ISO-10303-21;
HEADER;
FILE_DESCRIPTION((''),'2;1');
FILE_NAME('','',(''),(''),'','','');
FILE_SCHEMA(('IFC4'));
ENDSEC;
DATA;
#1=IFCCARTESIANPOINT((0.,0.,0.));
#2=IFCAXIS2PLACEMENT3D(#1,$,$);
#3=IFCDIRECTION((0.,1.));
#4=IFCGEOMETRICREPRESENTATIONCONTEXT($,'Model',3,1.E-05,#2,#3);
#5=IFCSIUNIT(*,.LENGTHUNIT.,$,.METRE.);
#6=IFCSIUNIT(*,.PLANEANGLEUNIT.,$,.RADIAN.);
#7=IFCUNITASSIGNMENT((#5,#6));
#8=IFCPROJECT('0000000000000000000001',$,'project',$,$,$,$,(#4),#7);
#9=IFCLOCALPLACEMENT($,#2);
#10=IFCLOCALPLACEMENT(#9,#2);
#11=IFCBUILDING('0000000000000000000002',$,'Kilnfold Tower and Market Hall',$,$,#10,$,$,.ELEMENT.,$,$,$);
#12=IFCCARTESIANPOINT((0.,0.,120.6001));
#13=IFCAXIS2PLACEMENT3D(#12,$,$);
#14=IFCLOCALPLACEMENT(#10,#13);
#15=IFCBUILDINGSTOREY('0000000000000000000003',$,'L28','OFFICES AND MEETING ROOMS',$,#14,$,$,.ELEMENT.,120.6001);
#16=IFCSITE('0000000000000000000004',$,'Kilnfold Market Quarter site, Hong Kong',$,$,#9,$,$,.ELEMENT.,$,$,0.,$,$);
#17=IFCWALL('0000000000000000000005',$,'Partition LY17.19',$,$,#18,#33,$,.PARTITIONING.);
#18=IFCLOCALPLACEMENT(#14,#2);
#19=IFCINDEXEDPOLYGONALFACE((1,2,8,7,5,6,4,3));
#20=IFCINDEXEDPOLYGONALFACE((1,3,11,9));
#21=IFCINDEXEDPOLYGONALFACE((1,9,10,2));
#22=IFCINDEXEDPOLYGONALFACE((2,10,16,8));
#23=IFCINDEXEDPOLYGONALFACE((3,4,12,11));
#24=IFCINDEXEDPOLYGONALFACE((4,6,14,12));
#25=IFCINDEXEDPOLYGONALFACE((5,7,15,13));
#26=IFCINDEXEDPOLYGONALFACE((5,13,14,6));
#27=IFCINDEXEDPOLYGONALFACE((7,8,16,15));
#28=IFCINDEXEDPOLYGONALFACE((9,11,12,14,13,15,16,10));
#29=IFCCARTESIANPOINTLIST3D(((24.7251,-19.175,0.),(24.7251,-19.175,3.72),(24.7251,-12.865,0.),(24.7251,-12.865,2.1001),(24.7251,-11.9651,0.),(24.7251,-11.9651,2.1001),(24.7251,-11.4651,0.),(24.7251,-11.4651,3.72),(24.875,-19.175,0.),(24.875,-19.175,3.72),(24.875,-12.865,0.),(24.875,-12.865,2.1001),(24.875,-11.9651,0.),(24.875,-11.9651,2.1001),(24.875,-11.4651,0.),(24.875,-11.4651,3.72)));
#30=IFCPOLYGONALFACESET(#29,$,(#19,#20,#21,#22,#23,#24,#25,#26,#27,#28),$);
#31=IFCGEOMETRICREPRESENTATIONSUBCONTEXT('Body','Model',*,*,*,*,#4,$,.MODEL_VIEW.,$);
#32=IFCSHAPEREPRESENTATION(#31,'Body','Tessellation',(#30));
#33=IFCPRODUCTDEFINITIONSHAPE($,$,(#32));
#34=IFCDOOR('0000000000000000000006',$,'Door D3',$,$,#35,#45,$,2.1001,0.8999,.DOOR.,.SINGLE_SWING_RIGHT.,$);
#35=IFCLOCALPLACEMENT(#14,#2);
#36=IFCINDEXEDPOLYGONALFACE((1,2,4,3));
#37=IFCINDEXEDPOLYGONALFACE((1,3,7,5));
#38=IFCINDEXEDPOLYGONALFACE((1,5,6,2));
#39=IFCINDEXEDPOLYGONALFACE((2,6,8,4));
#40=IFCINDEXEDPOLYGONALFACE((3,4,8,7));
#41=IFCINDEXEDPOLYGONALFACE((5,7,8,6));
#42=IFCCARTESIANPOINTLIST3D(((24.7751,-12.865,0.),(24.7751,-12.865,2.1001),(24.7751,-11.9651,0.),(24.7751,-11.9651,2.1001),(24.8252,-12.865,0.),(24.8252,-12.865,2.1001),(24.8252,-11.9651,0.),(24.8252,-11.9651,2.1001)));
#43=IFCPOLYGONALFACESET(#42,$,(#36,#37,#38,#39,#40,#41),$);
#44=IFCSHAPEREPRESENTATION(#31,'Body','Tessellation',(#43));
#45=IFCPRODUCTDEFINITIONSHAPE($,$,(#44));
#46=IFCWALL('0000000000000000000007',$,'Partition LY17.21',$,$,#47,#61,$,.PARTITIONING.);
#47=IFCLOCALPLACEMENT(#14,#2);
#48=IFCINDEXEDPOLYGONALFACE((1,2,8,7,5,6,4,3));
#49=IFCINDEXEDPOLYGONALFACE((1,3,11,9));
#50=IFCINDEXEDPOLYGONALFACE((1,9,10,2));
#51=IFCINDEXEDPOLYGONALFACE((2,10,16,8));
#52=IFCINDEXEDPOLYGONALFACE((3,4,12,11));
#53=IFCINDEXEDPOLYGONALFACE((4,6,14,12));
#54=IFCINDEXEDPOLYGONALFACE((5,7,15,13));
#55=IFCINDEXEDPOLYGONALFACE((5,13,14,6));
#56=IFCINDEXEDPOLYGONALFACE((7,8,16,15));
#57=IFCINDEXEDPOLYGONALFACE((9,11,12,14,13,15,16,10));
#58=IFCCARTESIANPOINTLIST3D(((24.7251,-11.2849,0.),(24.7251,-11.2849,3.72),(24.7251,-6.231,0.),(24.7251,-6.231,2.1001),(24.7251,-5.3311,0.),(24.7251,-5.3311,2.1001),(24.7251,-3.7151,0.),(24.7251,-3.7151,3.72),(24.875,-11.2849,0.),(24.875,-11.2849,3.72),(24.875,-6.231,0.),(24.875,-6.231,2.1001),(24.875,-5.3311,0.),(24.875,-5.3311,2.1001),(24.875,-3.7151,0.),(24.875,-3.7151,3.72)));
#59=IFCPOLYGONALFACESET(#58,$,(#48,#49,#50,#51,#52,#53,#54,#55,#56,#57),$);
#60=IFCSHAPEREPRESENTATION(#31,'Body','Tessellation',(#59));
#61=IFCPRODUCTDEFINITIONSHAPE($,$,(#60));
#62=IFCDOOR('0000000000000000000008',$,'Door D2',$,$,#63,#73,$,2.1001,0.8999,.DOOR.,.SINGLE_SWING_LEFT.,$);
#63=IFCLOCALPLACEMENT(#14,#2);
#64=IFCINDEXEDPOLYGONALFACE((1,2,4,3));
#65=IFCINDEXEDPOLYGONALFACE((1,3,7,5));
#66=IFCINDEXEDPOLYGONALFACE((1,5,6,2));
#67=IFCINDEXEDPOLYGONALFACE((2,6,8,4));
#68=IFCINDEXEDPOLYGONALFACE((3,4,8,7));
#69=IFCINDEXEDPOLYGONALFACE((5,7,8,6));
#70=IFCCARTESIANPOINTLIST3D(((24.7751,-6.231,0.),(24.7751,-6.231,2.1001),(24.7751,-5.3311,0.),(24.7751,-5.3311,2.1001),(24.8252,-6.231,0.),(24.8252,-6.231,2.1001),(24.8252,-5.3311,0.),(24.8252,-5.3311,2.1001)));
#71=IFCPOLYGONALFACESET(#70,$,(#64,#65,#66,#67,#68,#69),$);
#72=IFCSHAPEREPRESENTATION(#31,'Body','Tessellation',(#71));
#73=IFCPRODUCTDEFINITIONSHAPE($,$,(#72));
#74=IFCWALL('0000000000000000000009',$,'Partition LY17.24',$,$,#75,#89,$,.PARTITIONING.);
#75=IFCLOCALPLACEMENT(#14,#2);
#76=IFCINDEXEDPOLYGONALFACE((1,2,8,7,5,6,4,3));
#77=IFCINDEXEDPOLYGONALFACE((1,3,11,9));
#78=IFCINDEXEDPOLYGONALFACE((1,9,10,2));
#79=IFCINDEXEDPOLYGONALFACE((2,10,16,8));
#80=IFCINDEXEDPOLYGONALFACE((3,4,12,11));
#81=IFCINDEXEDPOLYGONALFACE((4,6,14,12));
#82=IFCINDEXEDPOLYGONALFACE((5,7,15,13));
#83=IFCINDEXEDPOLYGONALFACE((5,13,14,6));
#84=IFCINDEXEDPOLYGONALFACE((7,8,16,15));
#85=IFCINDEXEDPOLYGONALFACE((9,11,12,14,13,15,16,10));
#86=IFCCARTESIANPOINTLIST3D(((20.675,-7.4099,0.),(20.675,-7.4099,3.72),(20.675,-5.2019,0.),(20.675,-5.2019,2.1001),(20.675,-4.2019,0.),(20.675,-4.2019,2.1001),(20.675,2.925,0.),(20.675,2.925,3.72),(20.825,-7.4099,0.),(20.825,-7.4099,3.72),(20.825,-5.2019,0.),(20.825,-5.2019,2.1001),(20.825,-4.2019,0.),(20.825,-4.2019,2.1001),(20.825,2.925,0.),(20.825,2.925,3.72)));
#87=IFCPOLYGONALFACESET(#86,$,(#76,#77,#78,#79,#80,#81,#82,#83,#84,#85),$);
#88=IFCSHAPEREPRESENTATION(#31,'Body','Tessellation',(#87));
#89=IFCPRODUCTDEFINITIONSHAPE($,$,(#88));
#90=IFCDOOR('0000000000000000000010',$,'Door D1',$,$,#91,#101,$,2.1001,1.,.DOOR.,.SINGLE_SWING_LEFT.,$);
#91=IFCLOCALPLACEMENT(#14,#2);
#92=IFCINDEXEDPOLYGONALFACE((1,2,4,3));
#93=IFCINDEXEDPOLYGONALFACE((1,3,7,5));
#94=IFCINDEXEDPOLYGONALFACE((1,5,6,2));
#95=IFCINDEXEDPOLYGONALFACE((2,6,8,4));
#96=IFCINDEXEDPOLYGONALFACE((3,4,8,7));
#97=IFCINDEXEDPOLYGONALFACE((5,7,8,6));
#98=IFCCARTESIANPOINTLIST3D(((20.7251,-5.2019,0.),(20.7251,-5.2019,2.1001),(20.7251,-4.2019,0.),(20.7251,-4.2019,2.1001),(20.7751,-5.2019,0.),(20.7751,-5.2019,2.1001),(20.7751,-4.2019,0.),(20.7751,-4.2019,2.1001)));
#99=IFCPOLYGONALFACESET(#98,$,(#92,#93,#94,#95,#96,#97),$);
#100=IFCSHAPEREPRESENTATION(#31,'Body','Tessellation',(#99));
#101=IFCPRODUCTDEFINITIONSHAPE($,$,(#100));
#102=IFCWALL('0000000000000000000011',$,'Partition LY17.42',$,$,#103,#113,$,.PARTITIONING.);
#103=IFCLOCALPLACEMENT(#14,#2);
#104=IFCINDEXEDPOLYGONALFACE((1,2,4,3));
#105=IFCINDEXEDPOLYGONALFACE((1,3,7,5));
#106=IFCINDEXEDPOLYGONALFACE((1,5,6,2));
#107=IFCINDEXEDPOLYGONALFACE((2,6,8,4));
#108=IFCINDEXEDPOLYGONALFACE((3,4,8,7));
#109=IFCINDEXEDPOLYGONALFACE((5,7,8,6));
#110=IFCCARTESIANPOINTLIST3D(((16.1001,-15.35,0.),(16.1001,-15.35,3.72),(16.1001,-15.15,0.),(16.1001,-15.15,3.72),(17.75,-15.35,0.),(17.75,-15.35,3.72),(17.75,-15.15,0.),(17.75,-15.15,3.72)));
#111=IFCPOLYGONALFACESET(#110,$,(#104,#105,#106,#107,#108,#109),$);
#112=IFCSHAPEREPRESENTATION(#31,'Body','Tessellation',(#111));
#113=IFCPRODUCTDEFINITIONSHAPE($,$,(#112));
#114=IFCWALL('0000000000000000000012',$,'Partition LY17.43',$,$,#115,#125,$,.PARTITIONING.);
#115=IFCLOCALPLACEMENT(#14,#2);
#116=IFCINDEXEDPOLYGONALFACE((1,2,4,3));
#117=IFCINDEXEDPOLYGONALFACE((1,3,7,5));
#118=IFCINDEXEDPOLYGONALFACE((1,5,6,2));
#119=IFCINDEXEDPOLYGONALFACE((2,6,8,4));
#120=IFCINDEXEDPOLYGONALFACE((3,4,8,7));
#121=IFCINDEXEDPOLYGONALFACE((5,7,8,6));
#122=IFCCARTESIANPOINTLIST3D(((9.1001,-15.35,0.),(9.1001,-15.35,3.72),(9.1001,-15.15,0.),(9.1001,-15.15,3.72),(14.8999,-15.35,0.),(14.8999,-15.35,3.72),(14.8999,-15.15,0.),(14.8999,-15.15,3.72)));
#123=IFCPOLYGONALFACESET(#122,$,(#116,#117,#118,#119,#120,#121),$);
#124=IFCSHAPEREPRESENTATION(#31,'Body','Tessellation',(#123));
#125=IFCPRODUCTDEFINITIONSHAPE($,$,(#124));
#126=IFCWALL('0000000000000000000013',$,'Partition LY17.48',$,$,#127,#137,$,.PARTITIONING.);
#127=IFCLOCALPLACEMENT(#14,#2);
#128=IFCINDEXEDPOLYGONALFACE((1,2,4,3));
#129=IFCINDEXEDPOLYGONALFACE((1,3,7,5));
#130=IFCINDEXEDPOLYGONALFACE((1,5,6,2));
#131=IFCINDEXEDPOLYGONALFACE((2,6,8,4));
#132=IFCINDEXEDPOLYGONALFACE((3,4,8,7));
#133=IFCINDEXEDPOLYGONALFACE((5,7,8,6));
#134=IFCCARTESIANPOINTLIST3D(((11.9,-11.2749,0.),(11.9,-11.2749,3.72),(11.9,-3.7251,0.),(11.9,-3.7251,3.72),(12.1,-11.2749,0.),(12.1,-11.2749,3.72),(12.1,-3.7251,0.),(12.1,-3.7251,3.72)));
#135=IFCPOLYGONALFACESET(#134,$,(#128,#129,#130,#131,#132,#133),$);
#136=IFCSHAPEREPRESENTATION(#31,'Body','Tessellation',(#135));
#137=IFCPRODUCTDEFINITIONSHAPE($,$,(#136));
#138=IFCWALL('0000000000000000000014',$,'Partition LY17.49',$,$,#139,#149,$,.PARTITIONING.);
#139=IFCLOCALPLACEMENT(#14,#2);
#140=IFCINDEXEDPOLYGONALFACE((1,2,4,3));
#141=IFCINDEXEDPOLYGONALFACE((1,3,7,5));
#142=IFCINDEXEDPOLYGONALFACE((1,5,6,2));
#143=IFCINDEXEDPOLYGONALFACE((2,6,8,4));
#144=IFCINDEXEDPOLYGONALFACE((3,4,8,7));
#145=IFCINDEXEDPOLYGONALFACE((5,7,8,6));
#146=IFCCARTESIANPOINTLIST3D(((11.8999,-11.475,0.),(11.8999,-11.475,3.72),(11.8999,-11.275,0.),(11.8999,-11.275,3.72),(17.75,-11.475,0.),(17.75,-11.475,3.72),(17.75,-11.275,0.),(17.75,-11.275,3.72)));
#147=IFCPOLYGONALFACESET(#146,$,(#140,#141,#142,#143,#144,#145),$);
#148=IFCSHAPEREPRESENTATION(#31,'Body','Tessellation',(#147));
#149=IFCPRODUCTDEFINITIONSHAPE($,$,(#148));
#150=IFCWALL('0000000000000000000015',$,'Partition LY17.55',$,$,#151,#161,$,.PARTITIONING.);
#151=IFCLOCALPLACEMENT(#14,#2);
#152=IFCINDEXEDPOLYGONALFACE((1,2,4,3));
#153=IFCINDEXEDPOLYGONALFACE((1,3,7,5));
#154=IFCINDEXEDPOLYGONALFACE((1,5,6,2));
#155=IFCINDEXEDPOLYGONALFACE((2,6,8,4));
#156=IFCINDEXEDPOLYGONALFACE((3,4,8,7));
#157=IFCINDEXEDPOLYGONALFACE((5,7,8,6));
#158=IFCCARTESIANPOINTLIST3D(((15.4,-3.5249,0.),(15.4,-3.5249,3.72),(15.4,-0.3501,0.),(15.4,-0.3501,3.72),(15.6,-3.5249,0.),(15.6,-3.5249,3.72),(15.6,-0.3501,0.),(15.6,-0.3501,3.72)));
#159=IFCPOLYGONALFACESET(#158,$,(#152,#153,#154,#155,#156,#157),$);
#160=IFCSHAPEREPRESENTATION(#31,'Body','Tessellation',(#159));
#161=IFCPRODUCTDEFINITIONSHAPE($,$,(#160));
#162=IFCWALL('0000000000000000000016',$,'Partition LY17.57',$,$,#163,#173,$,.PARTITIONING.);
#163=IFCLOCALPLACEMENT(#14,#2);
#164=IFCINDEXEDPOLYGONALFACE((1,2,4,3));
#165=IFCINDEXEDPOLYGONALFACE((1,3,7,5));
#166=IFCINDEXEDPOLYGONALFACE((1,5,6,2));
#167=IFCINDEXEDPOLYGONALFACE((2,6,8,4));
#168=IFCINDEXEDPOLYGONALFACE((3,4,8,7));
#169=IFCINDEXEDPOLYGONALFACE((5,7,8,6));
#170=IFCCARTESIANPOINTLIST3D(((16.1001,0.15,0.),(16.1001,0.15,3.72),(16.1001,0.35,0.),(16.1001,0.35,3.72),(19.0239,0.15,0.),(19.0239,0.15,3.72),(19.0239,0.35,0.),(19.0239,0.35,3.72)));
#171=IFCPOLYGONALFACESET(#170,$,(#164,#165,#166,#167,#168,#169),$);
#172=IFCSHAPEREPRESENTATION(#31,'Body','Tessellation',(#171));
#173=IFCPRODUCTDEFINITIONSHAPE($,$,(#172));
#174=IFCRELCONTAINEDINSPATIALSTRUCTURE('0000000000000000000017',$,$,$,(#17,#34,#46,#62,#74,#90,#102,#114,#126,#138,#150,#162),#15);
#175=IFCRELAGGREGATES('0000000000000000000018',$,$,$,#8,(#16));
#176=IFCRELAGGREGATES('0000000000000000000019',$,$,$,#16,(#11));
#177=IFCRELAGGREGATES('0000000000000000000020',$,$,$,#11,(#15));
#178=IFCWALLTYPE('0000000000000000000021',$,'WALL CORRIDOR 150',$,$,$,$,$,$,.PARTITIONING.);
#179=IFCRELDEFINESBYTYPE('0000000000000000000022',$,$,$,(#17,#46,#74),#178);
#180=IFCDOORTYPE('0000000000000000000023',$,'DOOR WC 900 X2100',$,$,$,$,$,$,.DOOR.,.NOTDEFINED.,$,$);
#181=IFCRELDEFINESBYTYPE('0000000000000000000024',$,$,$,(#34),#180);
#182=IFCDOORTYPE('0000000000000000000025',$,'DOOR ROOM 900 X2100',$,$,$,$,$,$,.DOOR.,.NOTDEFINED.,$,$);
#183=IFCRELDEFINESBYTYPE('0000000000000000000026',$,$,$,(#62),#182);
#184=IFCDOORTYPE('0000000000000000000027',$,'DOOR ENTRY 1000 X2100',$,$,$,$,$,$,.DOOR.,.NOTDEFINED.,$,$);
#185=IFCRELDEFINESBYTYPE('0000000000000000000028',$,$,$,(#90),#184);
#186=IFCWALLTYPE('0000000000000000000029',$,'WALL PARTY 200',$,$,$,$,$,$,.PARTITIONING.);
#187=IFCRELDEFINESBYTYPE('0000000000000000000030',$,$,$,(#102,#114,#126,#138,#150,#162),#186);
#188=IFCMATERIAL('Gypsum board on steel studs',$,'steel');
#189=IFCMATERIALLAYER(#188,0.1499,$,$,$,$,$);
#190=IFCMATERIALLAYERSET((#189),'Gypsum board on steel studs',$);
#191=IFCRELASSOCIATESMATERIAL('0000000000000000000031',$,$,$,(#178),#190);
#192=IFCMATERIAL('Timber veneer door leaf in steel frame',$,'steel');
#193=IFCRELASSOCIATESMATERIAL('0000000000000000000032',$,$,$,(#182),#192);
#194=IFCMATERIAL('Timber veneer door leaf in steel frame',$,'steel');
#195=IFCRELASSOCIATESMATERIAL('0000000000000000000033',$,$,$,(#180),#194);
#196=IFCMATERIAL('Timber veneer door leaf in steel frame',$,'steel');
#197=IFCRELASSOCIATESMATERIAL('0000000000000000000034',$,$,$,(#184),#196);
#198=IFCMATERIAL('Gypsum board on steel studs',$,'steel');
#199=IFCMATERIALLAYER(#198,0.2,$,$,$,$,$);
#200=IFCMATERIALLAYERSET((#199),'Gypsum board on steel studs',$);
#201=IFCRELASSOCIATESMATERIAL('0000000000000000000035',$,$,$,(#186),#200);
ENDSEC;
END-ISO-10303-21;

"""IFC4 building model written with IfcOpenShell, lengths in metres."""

from ifc_helpers import new_model, si_unit, direction, frame, frame_2d, origin, place, context, subcontext, project, spatial, rectangle, extrude, material, layer, layer_set, type_object, element, fill, save


model = new_model("IFC4")

# Units and contexts
model_context = context("Model", 3, precision=1e-05, world=origin(), true_north=direction((0.0, 1.0)))
body_context = subcontext(model_context, "Body", "Model", "MODEL_VIEW")
ifc_project = project(units=[si_unit("LENGTHUNIT", "METRE"), si_unit("PLANEANGLEUNIT", "RADIAN")], contexts=[model_context])

# Site, building, storey
site_placement = place(None, origin())
site = spatial("IfcSite", under=ifc_project, at=site_placement, Name="Kilnfold Market Quarter site, Hong Kong", CompositionType="ELEMENT", RefElevation=0.0)
building_placement = place(site_placement, origin())
building = spatial("IfcBuilding", under=site, at=building_placement, Name="Kilnfold Tower and Market Hall", CompositionType="ELEMENT")
storey_placement = place(building_placement, frame((0.0, 0.0, 120.6001)))
storey = spatial("IfcBuildingStorey", under=building, at=storey_placement, Name="L28", Description="OFFICES AND MEETING ROOMS", CompositionType="ELEMENT", Elevation=120.6001)

# Shared definitions
ifc_material_1 = material(Name="Gypsum board on steel studs", Category="steel")
ifc_layer_1 = layer(ifc_material_1, 0.1499)
ifc_layer_set_1 = layer_set([ifc_layer_1], Name="Gypsum board on steel studs")
wall_type_1 = type_object("IfcWallType", Name="WALL CORRIDOR 150", PredefinedType="PARTITIONING", material=ifc_layer_set_1)
ifc_material_2 = material(Name="Timber veneer door leaf in steel frame", Category="steel")
door_type_1 = type_object("IfcDoorType", Name="DOOR ROOM 900 X2100", OperationType="NOTDEFINED", PredefinedType="DOOR", material=ifc_material_2)

# Walls, openings, doors
wall_1_placement = place(storey_placement, frame((24.8, -19.175, 0.0), z_axis=(0.0, 0.0, 1.0), x_axis=(0.0, 1.0, 0.0)))
wall_1 = element("IfcWall", 1, at=wall_1_placement, inside=storey, type_object=wall_type_1, Name="Partition LY17.19", PredefinedType="PARTITIONING", context=body_context, shape_type="SweptSolid", body=[
    extrude(rectangle(XDim=7.71, YDim=0.1499, at=frame_2d((3.855, 0.0))), origin(), (0.0, 0.0, 1.0), 3.72),
])
opening_1_placement = place(wall_1_placement, frame((6.3101, 0.0, 0.0)))
opening_1 = element("IfcOpeningElement", 2, at=opening_1_placement, cuts=wall_1, PredefinedType="OPENING", context=body_context, shape_type="SweptSolid", body=[
    extrude(rectangle(XDim=0.8999, YDim=2.1001, at=frame_2d((0.45, 1.05))), frame((0.0, 0.085, 0.0), z_axis=(0.0, -1.0, 0.0), x_axis=(1.0, 0.0, 0.0)), (0.0, 0.0, 1.0), 0.1699),
])
ifc_material_3 = material(Name="Timber veneer door leaf in steel frame", Category="steel")
door_type_2 = type_object("IfcDoorType", Name="DOOR WC 900 X2100", OperationType="NOTDEFINED", PredefinedType="DOOR", material=ifc_material_3)
door_1_placement = place(opening_1_placement, origin())
door_1 = element("IfcDoor", 3, at=door_1_placement, inside=storey, type_object=door_type_2, Name="Door D3", OperationType="SINGLE_SWING_RIGHT", OverallHeight=2.1001, OverallWidth=0.8999, PredefinedType="DOOR", context=body_context, shape_type="SweptSolid", body=[
    extrude(rectangle(XDim=0.8999, YDim=2.1001, at=frame_2d((0.45, 1.05))), frame((0.0, 0.0249, 0.0), z_axis=(0.0, -1.0, 0.0), x_axis=(1.0, 0.0, 0.0)), (0.0, 0.0, 1.0), 0.05),
])
fill(opening_1, door_1)
wall_2_placement = place(storey_placement, frame((24.8, -11.2849, 0.0), z_axis=(0.0, 0.0, 1.0), x_axis=(0.0, 1.0, 0.0)))
wall_2 = element("IfcWall", 4, at=wall_2_placement, inside=storey, type_object=wall_type_1, Name="Partition LY17.21", PredefinedType="PARTITIONING", context=body_context, shape_type="SweptSolid", body=[
    extrude(rectangle(XDim=7.5698, YDim=0.1499, at=frame_2d((3.7849, 0.0))), origin(), (0.0, 0.0, 1.0), 3.72),
])
opening_2_placement = place(wall_2_placement, frame((5.054, 0.0, 0.0)))
opening_2 = element("IfcOpeningElement", 5, at=opening_2_placement, cuts=wall_2, PredefinedType="OPENING", context=body_context, shape_type="SweptSolid", body=[
    extrude(rectangle(XDim=0.8999, YDim=2.1001, at=frame_2d((0.45, 1.05))), frame((0.0, 0.085, 0.0), z_axis=(0.0, -1.0, 0.0), x_axis=(1.0, 0.0, 0.0)), (0.0, 0.0, 1.0), 0.1699),
])
door_2_placement = place(opening_2_placement, origin())
door_2 = element("IfcDoor", 6, at=door_2_placement, inside=storey, type_object=door_type_1, Name="Door D2", OperationType="SINGLE_SWING_LEFT", OverallHeight=2.1001, OverallWidth=0.8999, PredefinedType="DOOR", context=body_context, shape_type="SweptSolid", body=[
    extrude(rectangle(XDim=0.8999, YDim=2.1001, at=frame_2d((0.45, 1.05))), frame((0.0, 0.0249, 0.0), z_axis=(0.0, -1.0, 0.0), x_axis=(1.0, 0.0, 0.0)), (0.0, 0.0, 1.0), 0.05),
])
fill(opening_2, door_2)
wall_3_placement = place(storey_placement, frame((20.75, -7.4099, 0.0), z_axis=(0.0, 0.0, 1.0), x_axis=(0.0, 1.0, 0.0)))
wall_3 = element("IfcWall", 7, at=wall_3_placement, inside=storey, type_object=wall_type_1, Name="Partition LY17.24", PredefinedType="PARTITIONING", context=body_context, shape_type="SweptSolid", body=[
    extrude(rectangle(XDim=10.335, YDim=0.1499, at=frame_2d((5.1675, 0.0))), origin(), (0.0, 0.0, 1.0), 3.72),
])
opening_3_placement = place(wall_3_placement, frame((2.208, 0.0, 0.0)))
opening_3 = element("IfcOpeningElement", 8, at=opening_3_placement, cuts=wall_3, PredefinedType="OPENING", context=body_context, shape_type="SweptSolid", body=[
    extrude(rectangle(XDim=1.0, YDim=2.1001, at=frame_2d((0.5, 1.05))), frame((0.0, 0.085, 0.0), z_axis=(0.0, -1.0, 0.0), x_axis=(1.0, 0.0, 0.0)), (0.0, 0.0, 1.0), 0.1699),
])
ifc_material_4 = material(Name="Timber veneer door leaf in steel frame", Category="steel")
door_type_3 = type_object("IfcDoorType", Name="DOOR ENTRY 1000 X2100", OperationType="NOTDEFINED", PredefinedType="DOOR", material=ifc_material_4)
door_3_placement = place(opening_3_placement, origin())
door_3 = element("IfcDoor", 9, at=door_3_placement, inside=storey, type_object=door_type_3, Name="Door D1", OperationType="SINGLE_SWING_LEFT", OverallHeight=2.1001, OverallWidth=1.0, PredefinedType="DOOR", context=body_context, shape_type="SweptSolid", body=[
    extrude(rectangle(XDim=1.0, YDim=2.1001, at=frame_2d((0.5, 1.05))), frame((0.0, 0.0249, 0.0), z_axis=(0.0, -1.0, 0.0), x_axis=(1.0, 0.0, 0.0)), (0.0, 0.0, 1.0), 0.05),
])
fill(opening_3, door_3)

# Walls
ifc_material_5 = material(Name="Gypsum board on steel studs", Category="steel")
ifc_layer_2 = layer(ifc_material_5, 0.2)
ifc_layer_set_2 = layer_set([ifc_layer_2], Name="Gypsum board on steel studs")
wall_type_2 = type_object("IfcWallType", Name="WALL PARTY 200", PredefinedType="PARTITIONING", material=ifc_layer_set_2)
wall_4_placement = place(storey_placement, frame((16.1001, -15.25, 0.0), z_axis=(0.0, 0.0, 1.0), x_axis=(1.0, 0.0, 0.0)))
element("IfcWall", 10, at=wall_4_placement, inside=storey, type_object=wall_type_2, Name="Partition LY17.42", PredefinedType="PARTITIONING", context=body_context, shape_type="SweptSolid", body=[
    extrude(rectangle(XDim=1.6499, YDim=0.2, at=frame_2d((0.825, 0.0))), origin(), (0.0, 0.0, 1.0), 3.72),
])
wall_5_placement = place(storey_placement, frame((9.1001, -15.25, 0.0), z_axis=(0.0, 0.0, 1.0), x_axis=(1.0, 0.0, 0.0)))
element("IfcWall", 11, at=wall_5_placement, inside=storey, type_object=wall_type_2, Name="Partition LY17.43", PredefinedType="PARTITIONING", context=body_context, shape_type="SweptSolid", body=[
    extrude(rectangle(XDim=5.7998, YDim=0.2, at=frame_2d((2.8999, 0.0))), origin(), (0.0, 0.0, 1.0), 3.72),
])
wall_6_placement = place(storey_placement, frame((12.0, -11.2749, 0.0), z_axis=(0.0, 0.0, 1.0), x_axis=(0.0, 1.0, 0.0)))
element("IfcWall", 12, at=wall_6_placement, inside=storey, type_object=wall_type_2, Name="Partition LY17.48", PredefinedType="PARTITIONING", context=body_context, shape_type="SweptSolid", body=[
    extrude(rectangle(XDim=7.5498, YDim=0.2, at=frame_2d((3.7749, 0.0))), origin(), (0.0, 0.0, 1.0), 3.72),
])
wall_7_placement = place(storey_placement, frame((11.8999, -11.375, 0.0), z_axis=(0.0, 0.0, 1.0), x_axis=(1.0, 0.0, 0.0)))
element("IfcWall", 13, at=wall_7_placement, inside=storey, type_object=wall_type_2, Name="Partition LY17.49", PredefinedType="PARTITIONING", context=body_context, shape_type="SweptSolid", body=[
    extrude(rectangle(XDim=5.8501, YDim=0.2, at=frame_2d((2.925, 0.0))), origin(), (0.0, 0.0, 1.0), 3.72),
])
wall_8_placement = place(storey_placement, frame((15.5, -3.5249, 0.0), z_axis=(0.0, 0.0, 1.0), x_axis=(0.0, 1.0, 0.0)))
element("IfcWall", 14, at=wall_8_placement, inside=storey, type_object=wall_type_2, Name="Partition LY17.55", PredefinedType="PARTITIONING", context=body_context, shape_type="SweptSolid", body=[
    extrude(rectangle(XDim=3.1748, YDim=0.2, at=frame_2d((1.5874, 0.0))), origin(), (0.0, 0.0, 1.0), 3.72),
])
wall_9_placement = place(storey_placement, frame((16.1001, 0.25, 0.0), z_axis=(0.0, 0.0, 1.0), x_axis=(1.0, 0.0, 0.0)))
element("IfcWall", 15, at=wall_9_placement, inside=storey, type_object=wall_type_2, Name="Partition LY17.57", PredefinedType="PARTITIONING", context=body_context, shape_type="SweptSolid", body=[
    extrude(rectangle(XDim=2.9238, YDim=0.2, at=frame_2d((1.4619, 0.0))), origin(), (0.0, 0.0, 1.0), 3.72),
])

save(model, "model.ifc")
